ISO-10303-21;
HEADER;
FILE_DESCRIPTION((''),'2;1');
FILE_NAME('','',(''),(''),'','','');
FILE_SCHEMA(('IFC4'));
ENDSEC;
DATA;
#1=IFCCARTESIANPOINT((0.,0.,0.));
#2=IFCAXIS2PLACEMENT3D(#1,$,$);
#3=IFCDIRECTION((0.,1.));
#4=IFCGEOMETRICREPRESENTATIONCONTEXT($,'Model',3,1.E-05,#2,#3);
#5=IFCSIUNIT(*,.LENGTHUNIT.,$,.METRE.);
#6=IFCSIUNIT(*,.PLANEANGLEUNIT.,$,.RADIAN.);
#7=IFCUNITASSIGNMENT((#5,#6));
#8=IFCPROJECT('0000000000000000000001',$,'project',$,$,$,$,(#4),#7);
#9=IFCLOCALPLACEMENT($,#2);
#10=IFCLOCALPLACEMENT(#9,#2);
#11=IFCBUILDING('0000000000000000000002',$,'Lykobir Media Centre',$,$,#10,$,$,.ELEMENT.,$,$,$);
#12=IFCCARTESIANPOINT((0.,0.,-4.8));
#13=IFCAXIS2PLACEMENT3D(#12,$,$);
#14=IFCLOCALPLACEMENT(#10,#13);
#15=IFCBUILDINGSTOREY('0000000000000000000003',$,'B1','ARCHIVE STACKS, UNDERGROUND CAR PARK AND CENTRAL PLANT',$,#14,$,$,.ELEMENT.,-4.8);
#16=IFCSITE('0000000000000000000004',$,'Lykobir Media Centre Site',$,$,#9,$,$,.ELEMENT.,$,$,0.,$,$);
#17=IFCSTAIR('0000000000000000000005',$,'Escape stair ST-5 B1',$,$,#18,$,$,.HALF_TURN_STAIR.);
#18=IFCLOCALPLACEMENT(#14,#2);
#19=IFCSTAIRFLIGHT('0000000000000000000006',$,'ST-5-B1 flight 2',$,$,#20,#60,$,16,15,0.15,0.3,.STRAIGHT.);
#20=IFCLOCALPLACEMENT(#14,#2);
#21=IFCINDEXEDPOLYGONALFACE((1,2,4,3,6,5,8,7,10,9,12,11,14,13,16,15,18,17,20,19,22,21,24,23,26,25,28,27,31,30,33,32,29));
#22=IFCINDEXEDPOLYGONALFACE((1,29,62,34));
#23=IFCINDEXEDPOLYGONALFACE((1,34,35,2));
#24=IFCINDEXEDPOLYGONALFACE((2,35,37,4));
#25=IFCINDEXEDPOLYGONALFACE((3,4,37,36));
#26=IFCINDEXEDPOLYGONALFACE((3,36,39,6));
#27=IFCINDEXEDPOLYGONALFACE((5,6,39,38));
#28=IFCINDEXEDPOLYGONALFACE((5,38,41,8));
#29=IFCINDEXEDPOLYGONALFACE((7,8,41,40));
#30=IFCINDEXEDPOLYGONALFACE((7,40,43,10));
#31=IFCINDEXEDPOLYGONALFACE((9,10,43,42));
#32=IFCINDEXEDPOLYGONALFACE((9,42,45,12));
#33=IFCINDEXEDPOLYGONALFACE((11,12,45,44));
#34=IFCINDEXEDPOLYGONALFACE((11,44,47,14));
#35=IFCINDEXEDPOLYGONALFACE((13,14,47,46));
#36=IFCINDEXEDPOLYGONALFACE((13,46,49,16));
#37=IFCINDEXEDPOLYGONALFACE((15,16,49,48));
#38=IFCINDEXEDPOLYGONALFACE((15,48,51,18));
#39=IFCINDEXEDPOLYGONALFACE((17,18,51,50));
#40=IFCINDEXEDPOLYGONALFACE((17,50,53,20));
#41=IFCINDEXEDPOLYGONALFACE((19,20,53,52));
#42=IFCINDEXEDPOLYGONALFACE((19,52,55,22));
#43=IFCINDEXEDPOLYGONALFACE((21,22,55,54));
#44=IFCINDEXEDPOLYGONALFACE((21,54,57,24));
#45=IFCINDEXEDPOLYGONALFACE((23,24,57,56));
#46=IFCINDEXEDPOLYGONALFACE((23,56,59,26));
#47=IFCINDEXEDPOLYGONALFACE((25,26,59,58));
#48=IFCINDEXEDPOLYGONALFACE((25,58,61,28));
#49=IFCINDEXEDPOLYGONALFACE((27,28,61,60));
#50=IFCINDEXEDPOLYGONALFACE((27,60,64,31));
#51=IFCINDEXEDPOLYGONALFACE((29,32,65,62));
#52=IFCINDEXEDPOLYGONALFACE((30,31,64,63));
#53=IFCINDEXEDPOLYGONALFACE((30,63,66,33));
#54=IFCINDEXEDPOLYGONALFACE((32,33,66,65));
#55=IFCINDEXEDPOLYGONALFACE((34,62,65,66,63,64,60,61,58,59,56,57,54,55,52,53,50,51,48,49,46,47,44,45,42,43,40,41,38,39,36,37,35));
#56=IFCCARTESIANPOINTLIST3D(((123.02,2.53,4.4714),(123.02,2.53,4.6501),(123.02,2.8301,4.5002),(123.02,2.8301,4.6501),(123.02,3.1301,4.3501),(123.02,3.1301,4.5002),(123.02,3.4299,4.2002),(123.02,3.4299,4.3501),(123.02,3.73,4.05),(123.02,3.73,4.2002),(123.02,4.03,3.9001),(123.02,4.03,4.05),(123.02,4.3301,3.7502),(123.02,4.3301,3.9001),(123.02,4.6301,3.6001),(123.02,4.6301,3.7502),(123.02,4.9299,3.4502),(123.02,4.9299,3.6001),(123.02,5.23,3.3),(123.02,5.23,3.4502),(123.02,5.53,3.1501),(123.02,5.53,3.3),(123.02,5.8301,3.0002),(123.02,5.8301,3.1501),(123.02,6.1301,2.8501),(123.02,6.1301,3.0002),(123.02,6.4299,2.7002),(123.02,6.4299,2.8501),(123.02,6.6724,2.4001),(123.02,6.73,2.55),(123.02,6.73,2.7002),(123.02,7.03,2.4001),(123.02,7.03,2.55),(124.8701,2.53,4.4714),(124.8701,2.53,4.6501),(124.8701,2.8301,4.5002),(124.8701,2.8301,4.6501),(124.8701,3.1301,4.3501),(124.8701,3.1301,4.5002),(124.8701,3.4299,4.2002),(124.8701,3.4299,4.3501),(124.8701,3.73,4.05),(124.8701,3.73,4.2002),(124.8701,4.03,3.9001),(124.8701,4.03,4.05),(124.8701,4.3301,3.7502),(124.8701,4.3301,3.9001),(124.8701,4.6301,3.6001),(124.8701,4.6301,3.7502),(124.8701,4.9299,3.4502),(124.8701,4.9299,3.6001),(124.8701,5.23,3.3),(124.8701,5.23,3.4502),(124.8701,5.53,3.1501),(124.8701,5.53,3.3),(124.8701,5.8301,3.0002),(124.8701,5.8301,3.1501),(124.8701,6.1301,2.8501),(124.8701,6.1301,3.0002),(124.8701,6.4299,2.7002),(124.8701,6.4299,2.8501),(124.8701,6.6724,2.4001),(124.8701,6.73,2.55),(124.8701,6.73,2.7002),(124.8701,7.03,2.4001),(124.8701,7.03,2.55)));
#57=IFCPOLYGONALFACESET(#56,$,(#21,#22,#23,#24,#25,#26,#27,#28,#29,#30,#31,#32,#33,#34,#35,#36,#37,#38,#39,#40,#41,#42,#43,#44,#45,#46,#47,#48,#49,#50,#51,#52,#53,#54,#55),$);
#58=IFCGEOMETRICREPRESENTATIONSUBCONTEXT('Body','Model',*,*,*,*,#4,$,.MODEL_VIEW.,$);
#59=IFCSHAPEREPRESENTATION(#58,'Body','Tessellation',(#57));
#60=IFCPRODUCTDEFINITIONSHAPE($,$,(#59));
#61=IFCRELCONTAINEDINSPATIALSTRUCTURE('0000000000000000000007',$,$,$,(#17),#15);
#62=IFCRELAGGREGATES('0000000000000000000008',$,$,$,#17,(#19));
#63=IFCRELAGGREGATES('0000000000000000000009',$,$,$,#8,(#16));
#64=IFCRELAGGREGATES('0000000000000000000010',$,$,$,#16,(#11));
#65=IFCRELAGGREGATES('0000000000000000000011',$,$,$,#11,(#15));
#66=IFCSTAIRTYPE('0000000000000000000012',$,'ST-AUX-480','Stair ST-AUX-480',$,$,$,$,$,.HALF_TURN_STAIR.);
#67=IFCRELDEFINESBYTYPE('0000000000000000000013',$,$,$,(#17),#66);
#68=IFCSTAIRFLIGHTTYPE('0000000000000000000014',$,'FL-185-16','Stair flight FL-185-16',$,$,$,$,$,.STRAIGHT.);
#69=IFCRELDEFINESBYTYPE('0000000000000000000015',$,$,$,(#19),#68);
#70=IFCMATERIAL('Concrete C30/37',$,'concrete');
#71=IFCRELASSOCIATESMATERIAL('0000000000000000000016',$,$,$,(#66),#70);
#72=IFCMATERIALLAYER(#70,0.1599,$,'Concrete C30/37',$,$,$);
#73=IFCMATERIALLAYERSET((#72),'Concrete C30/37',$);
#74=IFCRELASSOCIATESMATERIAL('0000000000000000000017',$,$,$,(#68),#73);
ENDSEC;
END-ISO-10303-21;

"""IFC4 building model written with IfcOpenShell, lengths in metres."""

from ifc_helpers import new_model, si_unit, direction, frame, origin, place, context, subcontext, project, spatial, polyline, outline, extrude, material, layer, layer_set, type_object, element, aggregate, save


model = new_model("IFC4")

# Units and contexts
model_context = context("Model", 3, precision=1e-05, world=origin(), true_north=direction((0.0, 1.0)))
body_context = subcontext(model_context, "Body", "Model", "MODEL_VIEW")
ifc_project = project(units=[si_unit("LENGTHUNIT", "METRE"), si_unit("PLANEANGLEUNIT", "RADIAN")], contexts=[model_context])

# Site, building, storey
site_placement = place(None, origin())
site = spatial("IfcSite", under=ifc_project, at=site_placement, Name="Lykobir Media Centre Site", CompositionType="ELEMENT", RefElevation=0.0)
building_placement = place(site_placement, origin())
building = spatial("IfcBuilding", under=site, at=building_placement, Name="Lykobir Media Centre", CompositionType="ELEMENT")
storey_placement = place(building_placement, frame((0.0, 0.0, -4.8)))
storey = spatial("IfcBuildingStorey", under=building, at=storey_placement, Name="B1", Description="ARCHIVE STACKS, UNDERGROUND CAR PARK AND CENTRAL PLANT", CompositionType="ELEMENT", Elevation=-4.8)

# Shared definitions
ifc_material_1 = material(Name="Concrete C30/37", Category="concrete")

# Stair, stair flight
stair_type = type_object("IfcStairType", Name="ST-AUX-480", Description="Stair ST-AUX-480", PredefinedType="HALF_TURN_STAIR", material=ifc_material_1)
stair_placement = place(storey_placement, origin())
stair = element("IfcStair", 1, at=stair_placement, inside=storey, type_object=stair_type, Name="Escape stair ST-5 B1", PredefinedType="HALF_TURN_STAIR")
ifc_layer_1 = layer(ifc_material_1, 0.1599, Name="Concrete C30/37")
ifc_layer_set_1 = layer_set([ifc_layer_1], Name="Concrete C30/37")
stair_flight_type = type_object("IfcStairFlightType", Name="FL-185-16", Description="Stair flight FL-185-16", PredefinedType="STRAIGHT", material=ifc_layer_set_1)
stair_flight_1_placement = place(storey_placement, frame((123.9451, 7.03, 2.4001), z_axis=(0.0, 0.0, 1.0), x_axis=(0.0, -1.0, 0.0)))
stair_flight_1 = element("IfcStairFlight", 2, at=stair_flight_1_placement, type_object=stair_flight_type, Name="ST-5-B1 flight 2", NumberOfRisers=16, NumberOfTreads=15, PredefinedType="STRAIGHT", RiserHeight=0.15, TreadLength=0.3, context=body_context, shape_type="SweptSolid", body=[
    extrude(outline(polyline([(0.0, 0.0), (0.0, 0.1499), (0.3, 0.1499), (0.3, 0.3), (0.6001, 0.3), (0.6001, 0.45), (0.8999, 0.45), (0.8999, 0.6001), (1.2, 0.6001), (1.2, 0.75), (1.5, 0.75), (1.5, 0.8999), (1.8, 0.8999), (1.8, 1.05), (2.1001, 1.05), (2.1001, 1.2), (2.3999, 1.2), (2.3999, 1.3501), (2.7, 1.3501), (2.7, 1.5), (3.0, 1.5), (3.0, 1.6499), (3.3, 1.6499), (3.3, 1.8), (3.6001, 1.8), (3.6001, 1.95), (3.8999, 1.95), (3.8999, 2.1001), (4.2, 2.1001), (4.2, 2.25), (4.5, 2.25), (4.5, 2.3999), (4.5, 2.0713), (0.3577, 0.0), (0.0, 0.0)])), frame((0.0, 0.925, 0.0), z_axis=(0.0, -1.0, 0.0), x_axis=(1.0, 0.0, 0.0)), (0.0, 0.0, 1.0), 1.8501),
])
aggregate(stair, [stair_flight_1])

save(model, "model.ifc")
